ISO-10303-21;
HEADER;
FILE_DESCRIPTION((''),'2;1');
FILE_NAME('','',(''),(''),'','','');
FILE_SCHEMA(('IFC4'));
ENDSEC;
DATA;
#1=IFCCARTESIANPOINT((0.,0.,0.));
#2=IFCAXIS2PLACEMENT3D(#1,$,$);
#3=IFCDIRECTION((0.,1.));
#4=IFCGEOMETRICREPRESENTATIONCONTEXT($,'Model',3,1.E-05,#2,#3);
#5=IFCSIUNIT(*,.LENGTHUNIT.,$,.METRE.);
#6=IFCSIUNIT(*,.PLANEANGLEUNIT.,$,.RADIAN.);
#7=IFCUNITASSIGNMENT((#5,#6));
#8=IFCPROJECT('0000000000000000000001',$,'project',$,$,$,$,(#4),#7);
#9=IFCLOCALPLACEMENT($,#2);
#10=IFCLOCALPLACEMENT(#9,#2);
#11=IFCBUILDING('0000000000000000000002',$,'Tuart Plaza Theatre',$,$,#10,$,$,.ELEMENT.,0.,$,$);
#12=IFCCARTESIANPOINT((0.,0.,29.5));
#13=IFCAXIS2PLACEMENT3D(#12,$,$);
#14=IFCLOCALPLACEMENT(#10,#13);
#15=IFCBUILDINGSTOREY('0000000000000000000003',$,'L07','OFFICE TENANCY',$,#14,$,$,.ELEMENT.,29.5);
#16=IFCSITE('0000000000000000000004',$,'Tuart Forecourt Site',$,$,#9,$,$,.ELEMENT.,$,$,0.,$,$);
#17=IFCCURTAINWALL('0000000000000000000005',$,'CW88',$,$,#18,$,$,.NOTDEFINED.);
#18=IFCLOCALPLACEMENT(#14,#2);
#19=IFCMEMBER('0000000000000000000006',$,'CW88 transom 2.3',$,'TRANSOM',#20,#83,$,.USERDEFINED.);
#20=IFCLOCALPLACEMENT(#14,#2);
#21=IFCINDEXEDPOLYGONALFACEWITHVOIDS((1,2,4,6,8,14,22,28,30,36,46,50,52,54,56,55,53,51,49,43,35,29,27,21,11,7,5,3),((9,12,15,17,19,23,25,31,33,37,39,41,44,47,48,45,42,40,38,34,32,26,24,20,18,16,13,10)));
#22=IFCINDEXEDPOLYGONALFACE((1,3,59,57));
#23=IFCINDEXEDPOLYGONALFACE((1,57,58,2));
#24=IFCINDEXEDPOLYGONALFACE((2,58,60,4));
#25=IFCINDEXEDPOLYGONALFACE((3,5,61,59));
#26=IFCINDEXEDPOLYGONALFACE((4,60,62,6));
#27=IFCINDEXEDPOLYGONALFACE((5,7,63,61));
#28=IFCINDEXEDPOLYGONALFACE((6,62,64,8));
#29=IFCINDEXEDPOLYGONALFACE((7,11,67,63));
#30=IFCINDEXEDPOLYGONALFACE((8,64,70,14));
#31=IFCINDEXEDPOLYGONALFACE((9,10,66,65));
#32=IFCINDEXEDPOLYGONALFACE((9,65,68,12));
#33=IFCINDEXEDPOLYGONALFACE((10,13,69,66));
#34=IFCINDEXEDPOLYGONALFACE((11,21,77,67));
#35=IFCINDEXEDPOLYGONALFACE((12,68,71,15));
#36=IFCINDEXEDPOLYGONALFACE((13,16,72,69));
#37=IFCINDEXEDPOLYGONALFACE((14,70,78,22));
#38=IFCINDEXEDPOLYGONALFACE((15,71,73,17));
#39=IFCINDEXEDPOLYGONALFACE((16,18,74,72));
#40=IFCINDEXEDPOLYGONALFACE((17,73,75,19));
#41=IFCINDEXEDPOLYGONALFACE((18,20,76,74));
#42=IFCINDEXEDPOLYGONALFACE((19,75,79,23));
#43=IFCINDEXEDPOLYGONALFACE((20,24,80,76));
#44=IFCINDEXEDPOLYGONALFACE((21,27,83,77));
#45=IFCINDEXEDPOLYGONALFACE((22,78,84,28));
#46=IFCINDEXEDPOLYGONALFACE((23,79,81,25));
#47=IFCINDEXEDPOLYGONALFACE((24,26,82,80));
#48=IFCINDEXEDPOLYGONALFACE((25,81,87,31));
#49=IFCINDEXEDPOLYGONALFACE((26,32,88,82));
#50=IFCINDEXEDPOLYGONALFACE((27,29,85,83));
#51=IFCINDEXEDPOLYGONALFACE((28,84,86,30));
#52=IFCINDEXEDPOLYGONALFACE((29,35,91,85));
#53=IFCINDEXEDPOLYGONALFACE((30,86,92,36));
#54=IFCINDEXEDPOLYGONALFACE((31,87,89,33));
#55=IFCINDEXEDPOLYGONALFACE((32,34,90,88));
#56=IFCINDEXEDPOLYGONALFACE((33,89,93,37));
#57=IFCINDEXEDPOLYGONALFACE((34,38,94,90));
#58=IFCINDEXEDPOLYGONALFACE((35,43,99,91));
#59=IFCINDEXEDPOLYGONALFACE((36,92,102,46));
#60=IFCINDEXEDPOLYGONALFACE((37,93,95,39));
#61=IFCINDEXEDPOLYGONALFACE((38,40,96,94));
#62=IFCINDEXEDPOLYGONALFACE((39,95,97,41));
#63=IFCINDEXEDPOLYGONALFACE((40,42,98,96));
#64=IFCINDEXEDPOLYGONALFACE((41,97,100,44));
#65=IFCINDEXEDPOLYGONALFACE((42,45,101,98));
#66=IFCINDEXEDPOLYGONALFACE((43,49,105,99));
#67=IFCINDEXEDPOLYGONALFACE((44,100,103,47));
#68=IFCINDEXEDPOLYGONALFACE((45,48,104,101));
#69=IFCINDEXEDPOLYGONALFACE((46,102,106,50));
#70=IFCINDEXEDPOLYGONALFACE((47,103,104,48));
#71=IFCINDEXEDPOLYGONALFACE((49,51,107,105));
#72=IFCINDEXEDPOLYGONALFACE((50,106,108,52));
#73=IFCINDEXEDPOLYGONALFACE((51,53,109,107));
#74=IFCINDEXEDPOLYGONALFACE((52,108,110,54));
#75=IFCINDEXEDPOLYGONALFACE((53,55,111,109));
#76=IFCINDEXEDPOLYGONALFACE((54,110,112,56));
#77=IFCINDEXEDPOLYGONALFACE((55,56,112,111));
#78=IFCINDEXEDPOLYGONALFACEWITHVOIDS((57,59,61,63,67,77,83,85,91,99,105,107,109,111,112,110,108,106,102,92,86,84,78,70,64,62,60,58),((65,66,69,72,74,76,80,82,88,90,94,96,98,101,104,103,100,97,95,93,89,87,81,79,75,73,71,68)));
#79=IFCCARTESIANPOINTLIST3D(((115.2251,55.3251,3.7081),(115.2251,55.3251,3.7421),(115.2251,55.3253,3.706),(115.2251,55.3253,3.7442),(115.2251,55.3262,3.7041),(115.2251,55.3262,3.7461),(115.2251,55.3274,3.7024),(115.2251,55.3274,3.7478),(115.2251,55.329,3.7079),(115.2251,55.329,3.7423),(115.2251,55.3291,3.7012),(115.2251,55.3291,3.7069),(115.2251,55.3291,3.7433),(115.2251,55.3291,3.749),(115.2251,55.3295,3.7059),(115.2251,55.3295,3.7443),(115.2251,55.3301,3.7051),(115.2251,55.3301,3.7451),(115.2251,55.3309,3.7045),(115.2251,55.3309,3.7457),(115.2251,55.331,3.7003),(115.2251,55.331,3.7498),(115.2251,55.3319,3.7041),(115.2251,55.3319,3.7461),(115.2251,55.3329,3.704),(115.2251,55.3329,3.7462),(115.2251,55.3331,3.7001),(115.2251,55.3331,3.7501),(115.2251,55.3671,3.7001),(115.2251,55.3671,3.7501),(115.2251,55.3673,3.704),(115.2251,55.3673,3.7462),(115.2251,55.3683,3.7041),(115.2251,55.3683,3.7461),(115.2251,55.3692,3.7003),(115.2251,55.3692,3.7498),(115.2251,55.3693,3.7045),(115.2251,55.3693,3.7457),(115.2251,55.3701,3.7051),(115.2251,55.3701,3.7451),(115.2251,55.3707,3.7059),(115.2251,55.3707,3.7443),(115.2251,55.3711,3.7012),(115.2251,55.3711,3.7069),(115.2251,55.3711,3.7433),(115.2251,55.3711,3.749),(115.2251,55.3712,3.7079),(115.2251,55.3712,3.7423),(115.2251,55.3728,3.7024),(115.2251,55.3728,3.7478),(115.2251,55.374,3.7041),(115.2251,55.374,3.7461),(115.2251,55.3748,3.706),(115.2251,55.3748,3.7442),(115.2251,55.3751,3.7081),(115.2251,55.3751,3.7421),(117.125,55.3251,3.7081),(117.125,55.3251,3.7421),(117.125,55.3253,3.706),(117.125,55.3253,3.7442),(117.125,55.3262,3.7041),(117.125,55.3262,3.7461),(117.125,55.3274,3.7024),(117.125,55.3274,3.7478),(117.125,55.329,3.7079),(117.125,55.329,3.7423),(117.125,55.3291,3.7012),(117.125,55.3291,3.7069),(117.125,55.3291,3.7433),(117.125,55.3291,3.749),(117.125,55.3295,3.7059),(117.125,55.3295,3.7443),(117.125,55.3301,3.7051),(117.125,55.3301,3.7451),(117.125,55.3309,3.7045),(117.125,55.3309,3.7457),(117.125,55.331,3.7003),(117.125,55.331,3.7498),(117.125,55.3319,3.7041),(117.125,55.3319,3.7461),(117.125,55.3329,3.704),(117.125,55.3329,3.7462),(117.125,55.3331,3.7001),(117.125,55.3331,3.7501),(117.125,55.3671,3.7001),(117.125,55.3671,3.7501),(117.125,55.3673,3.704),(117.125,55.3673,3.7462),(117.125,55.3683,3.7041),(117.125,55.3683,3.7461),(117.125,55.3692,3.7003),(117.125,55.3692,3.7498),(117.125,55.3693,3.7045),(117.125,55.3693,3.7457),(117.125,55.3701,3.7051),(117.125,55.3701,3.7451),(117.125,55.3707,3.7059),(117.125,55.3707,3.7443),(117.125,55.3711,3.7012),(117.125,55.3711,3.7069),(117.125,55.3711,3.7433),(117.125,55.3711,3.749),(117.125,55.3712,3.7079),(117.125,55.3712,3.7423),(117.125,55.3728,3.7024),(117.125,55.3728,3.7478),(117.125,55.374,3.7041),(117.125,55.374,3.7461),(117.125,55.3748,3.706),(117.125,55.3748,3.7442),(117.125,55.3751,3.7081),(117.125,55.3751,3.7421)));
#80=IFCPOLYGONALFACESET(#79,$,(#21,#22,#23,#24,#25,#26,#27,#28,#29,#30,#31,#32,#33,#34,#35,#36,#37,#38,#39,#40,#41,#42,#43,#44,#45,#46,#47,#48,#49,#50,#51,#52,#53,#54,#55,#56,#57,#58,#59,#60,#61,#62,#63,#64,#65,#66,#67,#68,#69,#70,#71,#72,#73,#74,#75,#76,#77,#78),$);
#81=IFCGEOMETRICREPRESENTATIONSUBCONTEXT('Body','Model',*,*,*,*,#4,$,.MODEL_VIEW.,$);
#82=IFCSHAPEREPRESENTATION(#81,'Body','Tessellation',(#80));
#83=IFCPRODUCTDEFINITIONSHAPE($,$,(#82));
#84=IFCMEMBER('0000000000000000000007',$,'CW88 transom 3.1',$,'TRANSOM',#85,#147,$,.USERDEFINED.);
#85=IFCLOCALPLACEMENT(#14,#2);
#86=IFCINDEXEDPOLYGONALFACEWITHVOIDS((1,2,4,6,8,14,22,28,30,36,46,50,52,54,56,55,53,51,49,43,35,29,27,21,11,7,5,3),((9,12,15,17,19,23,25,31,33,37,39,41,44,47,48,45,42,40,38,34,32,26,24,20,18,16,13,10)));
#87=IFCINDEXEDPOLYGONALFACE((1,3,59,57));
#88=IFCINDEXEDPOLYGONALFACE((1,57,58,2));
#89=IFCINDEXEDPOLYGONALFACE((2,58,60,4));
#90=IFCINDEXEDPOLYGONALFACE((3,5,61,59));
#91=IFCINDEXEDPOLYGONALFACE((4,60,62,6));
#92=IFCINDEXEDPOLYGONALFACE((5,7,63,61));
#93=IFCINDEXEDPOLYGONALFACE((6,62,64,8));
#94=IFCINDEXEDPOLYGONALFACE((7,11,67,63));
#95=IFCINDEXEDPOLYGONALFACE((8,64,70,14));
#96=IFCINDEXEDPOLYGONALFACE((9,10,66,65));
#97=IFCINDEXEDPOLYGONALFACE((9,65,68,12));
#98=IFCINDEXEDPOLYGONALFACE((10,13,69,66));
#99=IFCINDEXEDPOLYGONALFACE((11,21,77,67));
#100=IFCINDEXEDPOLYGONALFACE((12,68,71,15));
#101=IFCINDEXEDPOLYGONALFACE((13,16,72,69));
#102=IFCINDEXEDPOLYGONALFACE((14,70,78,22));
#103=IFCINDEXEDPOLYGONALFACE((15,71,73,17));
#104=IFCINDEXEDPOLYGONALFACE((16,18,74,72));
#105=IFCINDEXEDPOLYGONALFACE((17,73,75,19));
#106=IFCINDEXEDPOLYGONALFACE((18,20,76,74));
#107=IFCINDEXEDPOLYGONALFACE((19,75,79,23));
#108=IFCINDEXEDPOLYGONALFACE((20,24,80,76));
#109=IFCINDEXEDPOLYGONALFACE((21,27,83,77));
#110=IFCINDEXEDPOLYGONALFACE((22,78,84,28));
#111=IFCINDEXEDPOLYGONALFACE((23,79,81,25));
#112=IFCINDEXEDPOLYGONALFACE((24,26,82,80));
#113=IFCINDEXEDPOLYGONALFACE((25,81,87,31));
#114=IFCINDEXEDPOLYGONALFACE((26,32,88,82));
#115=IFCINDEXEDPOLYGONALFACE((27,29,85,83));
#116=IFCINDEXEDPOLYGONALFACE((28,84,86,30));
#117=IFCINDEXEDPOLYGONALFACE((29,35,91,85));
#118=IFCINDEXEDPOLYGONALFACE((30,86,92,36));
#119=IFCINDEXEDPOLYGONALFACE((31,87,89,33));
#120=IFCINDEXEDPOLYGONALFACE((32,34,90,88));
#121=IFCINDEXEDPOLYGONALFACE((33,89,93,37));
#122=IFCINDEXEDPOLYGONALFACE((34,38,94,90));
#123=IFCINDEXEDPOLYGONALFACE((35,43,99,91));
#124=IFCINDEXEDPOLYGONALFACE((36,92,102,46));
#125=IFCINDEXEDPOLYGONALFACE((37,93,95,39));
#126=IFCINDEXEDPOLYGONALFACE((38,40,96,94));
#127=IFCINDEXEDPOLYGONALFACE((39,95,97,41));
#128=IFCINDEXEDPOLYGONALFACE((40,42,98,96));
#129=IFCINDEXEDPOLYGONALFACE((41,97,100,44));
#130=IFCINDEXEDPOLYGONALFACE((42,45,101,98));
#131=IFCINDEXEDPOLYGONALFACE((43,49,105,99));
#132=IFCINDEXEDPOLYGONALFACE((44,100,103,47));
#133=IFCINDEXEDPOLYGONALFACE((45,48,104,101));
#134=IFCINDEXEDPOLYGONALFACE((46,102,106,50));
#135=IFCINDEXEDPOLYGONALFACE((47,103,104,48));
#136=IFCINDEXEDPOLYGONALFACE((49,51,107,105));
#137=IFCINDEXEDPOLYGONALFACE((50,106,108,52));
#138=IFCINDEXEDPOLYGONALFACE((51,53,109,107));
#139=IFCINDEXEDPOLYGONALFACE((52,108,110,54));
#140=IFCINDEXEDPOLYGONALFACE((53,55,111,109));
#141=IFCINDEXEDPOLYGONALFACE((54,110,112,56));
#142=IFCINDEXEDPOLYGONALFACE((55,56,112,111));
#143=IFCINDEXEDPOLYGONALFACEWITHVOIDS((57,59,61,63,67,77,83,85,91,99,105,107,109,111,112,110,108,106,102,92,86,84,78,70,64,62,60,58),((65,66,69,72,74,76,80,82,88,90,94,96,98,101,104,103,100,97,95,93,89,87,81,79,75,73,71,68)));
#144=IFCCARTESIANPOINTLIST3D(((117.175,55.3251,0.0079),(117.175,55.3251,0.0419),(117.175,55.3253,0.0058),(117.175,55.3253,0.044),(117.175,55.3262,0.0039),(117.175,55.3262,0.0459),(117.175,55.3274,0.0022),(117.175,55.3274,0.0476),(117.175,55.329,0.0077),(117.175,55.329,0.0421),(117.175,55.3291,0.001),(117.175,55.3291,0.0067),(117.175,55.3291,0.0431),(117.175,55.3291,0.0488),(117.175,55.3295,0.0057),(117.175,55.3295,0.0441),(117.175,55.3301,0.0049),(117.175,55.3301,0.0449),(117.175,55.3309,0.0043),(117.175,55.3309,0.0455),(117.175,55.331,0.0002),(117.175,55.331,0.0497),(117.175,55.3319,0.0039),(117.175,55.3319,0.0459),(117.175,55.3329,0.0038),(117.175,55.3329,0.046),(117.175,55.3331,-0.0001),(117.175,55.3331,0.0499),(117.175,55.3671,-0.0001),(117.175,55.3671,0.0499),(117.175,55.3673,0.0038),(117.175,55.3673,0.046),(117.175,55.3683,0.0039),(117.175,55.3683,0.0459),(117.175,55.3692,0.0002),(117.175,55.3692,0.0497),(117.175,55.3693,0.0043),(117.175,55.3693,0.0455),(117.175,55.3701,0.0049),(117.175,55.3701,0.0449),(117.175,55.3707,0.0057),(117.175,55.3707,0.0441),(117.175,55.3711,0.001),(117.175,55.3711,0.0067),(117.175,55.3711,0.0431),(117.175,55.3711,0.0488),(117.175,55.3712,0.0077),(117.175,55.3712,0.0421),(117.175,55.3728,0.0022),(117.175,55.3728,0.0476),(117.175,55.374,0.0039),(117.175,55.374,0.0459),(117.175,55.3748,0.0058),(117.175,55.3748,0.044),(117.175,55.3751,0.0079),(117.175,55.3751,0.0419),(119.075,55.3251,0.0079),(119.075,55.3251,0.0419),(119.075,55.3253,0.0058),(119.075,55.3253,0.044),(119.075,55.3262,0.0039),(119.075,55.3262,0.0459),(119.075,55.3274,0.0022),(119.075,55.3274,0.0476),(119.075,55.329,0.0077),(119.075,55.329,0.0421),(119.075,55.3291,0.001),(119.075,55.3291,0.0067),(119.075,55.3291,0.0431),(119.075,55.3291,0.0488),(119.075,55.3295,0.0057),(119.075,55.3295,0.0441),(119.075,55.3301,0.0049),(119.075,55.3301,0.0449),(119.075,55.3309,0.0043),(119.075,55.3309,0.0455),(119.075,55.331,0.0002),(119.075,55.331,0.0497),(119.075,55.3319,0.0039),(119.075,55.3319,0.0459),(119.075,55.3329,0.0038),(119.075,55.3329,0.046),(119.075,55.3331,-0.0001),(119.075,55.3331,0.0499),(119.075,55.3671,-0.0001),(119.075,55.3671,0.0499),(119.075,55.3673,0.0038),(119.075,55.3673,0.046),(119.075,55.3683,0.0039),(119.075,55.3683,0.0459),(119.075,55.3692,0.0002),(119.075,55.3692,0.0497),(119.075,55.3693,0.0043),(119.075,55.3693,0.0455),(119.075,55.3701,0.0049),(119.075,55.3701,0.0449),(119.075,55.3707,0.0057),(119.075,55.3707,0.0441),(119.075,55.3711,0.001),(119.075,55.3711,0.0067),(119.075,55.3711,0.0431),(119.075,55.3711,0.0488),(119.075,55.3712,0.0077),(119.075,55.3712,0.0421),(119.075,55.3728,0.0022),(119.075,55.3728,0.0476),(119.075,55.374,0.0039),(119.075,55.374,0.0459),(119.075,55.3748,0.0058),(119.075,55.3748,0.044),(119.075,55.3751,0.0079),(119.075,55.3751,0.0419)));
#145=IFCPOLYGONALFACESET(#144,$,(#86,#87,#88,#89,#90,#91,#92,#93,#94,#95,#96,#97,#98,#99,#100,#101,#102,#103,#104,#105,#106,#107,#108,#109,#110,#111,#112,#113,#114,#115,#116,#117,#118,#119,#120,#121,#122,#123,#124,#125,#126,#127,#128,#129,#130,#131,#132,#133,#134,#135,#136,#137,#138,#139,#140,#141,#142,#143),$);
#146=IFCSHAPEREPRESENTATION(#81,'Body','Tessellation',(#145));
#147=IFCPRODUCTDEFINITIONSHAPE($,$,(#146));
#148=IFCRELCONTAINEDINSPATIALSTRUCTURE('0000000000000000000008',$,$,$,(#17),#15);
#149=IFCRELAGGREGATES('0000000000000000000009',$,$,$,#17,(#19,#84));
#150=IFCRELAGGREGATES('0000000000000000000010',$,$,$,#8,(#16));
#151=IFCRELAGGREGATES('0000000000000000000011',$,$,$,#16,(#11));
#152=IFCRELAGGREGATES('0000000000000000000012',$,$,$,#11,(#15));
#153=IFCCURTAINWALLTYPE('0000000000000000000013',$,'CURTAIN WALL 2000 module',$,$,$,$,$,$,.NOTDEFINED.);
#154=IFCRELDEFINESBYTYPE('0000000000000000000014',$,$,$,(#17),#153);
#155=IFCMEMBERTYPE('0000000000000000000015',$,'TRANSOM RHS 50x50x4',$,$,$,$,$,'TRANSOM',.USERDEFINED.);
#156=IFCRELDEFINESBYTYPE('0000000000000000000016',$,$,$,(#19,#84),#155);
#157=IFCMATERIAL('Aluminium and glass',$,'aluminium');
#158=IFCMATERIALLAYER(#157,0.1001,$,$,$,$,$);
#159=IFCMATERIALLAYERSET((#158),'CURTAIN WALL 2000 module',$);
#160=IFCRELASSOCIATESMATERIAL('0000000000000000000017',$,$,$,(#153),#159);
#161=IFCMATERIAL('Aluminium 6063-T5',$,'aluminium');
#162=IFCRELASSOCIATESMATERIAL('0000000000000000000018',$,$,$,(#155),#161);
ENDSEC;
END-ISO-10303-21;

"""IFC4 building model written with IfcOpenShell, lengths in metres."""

from ifc_helpers import new_model, si_unit, direction, frame, origin, origin_2d, place, context, subcontext, project, spatial, hollow_rectangle, extrude, material, layer, layer_set, material_profile, profile_set, type_object, element, aggregate, save


model = new_model("IFC4")

# Units and contexts
model_context = context("Model", 3, precision=1e-05, world=origin(), true_north=direction((0.0, 1.0)))
body_context = subcontext(model_context, "Body", "Model", "MODEL_VIEW")
ifc_project = project(units=[si_unit("LENGTHUNIT", "METRE"), si_unit("PLANEANGLEUNIT", "RADIAN")], contexts=[model_context])

# Site, building, storey
site_placement = place(None, origin())
site = spatial("IfcSite", under=ifc_project, at=site_placement, Name="Tuart Forecourt Site", CompositionType="ELEMENT", RefElevation=0.0)
building_placement = place(site_placement, origin())
building = spatial("IfcBuilding", under=site, at=building_placement, Name="Tuart Plaza Theatre", CompositionType="ELEMENT", ElevationOfRefHeight=0.0)
storey_placement = place(building_placement, frame((0.0, 0.0, 29.5)))
storey = spatial("IfcBuildingStorey", under=building, at=storey_placement, Name="L07", Description="OFFICE TENANCY", CompositionType="ELEMENT", Elevation=29.5)

# Curtain wall, members
ifc_material_1 = material(Name="Aluminium and glass", Category="aluminium")
ifc_layer_1 = layer(ifc_material_1, 0.1001)
ifc_layer_set_1 = layer_set([ifc_layer_1], Name="CURTAIN WALL 2000 module")
curtain_wall_type = type_object("IfcCurtainWallType", Name="CURTAIN WALL 2000 module", PredefinedType="NOTDEFINED", material=ifc_layer_set_1)
curtain_wall_placement = place(storey_placement, origin())
curtain_wall = element("IfcCurtainWall", 1, at=curtain_wall_placement, inside=storey, type_object=curtain_wall_type, Name="CW88", PredefinedType="NOTDEFINED")
ifc_material_2 = material(Name="Aluminium 6063-T5", Category="aluminium")
ifc_material_profile_1 = material_profile(ifc_material_2, hollow_rectangle(XDim=0.05, YDim=0.05, WallThickness=0.0039, InnerFilletRadius=0.0039, OuterFilletRadius=0.0081, at=origin_2d()), Name="RHS 50x50x4")
ifc_profile_set_1 = profile_set([ifc_material_profile_1], Name="Aluminium 6063-T5")
member_type_1 = type_object("IfcMemberType", Name="TRANSOM RHS 50x50x4", ElementType="TRANSOM", PredefinedType="USERDEFINED", material=ifc_profile_set_1)
member_1_placement = place(storey_placement, frame((115.2251, 55.3501, 3.7251), z_axis=(1.0, 0.0, 0.0), x_axis=(0.0, 1.0, 0.0)))
member_1 = element("IfcMember", 2, at=member_1_placement, type_object=member_type_1, Name="CW88 transom 2.3", ObjectType="TRANSOM", PredefinedType="USERDEFINED", context=body_context, shape_type="SweptSolid", body=[
    extrude(hollow_rectangle(XDim=0.05, YDim=0.05, WallThickness=0.0039, InnerFilletRadius=0.0039, OuterFilletRadius=0.0081, at=origin_2d()), origin(), (0.0, 0.0, 1.0), 1.8999),
])
member_2_placement = place(storey_placement, frame((117.175, 55.3501, 0.0249), z_axis=(1.0, 0.0, 0.0), x_axis=(0.0, 1.0, 0.0)))
member_2 = element("IfcMember", 3, at=member_2_placement, type_object=member_type_1, Name="CW88 transom 3.1", ObjectType="TRANSOM", PredefinedType="USERDEFINED", context=body_context, shape_type="SweptSolid", body=[
    extrude(hollow_rectangle(XDim=0.05, YDim=0.05, WallThickness=0.0039, InnerFilletRadius=0.0039, OuterFilletRadius=0.0081, at=origin_2d()), origin(), (0.0, 0.0, 1.0), 1.8999),
])
aggregate(curtain_wall, [member_1, member_2])

save(model, "model.ifc")
